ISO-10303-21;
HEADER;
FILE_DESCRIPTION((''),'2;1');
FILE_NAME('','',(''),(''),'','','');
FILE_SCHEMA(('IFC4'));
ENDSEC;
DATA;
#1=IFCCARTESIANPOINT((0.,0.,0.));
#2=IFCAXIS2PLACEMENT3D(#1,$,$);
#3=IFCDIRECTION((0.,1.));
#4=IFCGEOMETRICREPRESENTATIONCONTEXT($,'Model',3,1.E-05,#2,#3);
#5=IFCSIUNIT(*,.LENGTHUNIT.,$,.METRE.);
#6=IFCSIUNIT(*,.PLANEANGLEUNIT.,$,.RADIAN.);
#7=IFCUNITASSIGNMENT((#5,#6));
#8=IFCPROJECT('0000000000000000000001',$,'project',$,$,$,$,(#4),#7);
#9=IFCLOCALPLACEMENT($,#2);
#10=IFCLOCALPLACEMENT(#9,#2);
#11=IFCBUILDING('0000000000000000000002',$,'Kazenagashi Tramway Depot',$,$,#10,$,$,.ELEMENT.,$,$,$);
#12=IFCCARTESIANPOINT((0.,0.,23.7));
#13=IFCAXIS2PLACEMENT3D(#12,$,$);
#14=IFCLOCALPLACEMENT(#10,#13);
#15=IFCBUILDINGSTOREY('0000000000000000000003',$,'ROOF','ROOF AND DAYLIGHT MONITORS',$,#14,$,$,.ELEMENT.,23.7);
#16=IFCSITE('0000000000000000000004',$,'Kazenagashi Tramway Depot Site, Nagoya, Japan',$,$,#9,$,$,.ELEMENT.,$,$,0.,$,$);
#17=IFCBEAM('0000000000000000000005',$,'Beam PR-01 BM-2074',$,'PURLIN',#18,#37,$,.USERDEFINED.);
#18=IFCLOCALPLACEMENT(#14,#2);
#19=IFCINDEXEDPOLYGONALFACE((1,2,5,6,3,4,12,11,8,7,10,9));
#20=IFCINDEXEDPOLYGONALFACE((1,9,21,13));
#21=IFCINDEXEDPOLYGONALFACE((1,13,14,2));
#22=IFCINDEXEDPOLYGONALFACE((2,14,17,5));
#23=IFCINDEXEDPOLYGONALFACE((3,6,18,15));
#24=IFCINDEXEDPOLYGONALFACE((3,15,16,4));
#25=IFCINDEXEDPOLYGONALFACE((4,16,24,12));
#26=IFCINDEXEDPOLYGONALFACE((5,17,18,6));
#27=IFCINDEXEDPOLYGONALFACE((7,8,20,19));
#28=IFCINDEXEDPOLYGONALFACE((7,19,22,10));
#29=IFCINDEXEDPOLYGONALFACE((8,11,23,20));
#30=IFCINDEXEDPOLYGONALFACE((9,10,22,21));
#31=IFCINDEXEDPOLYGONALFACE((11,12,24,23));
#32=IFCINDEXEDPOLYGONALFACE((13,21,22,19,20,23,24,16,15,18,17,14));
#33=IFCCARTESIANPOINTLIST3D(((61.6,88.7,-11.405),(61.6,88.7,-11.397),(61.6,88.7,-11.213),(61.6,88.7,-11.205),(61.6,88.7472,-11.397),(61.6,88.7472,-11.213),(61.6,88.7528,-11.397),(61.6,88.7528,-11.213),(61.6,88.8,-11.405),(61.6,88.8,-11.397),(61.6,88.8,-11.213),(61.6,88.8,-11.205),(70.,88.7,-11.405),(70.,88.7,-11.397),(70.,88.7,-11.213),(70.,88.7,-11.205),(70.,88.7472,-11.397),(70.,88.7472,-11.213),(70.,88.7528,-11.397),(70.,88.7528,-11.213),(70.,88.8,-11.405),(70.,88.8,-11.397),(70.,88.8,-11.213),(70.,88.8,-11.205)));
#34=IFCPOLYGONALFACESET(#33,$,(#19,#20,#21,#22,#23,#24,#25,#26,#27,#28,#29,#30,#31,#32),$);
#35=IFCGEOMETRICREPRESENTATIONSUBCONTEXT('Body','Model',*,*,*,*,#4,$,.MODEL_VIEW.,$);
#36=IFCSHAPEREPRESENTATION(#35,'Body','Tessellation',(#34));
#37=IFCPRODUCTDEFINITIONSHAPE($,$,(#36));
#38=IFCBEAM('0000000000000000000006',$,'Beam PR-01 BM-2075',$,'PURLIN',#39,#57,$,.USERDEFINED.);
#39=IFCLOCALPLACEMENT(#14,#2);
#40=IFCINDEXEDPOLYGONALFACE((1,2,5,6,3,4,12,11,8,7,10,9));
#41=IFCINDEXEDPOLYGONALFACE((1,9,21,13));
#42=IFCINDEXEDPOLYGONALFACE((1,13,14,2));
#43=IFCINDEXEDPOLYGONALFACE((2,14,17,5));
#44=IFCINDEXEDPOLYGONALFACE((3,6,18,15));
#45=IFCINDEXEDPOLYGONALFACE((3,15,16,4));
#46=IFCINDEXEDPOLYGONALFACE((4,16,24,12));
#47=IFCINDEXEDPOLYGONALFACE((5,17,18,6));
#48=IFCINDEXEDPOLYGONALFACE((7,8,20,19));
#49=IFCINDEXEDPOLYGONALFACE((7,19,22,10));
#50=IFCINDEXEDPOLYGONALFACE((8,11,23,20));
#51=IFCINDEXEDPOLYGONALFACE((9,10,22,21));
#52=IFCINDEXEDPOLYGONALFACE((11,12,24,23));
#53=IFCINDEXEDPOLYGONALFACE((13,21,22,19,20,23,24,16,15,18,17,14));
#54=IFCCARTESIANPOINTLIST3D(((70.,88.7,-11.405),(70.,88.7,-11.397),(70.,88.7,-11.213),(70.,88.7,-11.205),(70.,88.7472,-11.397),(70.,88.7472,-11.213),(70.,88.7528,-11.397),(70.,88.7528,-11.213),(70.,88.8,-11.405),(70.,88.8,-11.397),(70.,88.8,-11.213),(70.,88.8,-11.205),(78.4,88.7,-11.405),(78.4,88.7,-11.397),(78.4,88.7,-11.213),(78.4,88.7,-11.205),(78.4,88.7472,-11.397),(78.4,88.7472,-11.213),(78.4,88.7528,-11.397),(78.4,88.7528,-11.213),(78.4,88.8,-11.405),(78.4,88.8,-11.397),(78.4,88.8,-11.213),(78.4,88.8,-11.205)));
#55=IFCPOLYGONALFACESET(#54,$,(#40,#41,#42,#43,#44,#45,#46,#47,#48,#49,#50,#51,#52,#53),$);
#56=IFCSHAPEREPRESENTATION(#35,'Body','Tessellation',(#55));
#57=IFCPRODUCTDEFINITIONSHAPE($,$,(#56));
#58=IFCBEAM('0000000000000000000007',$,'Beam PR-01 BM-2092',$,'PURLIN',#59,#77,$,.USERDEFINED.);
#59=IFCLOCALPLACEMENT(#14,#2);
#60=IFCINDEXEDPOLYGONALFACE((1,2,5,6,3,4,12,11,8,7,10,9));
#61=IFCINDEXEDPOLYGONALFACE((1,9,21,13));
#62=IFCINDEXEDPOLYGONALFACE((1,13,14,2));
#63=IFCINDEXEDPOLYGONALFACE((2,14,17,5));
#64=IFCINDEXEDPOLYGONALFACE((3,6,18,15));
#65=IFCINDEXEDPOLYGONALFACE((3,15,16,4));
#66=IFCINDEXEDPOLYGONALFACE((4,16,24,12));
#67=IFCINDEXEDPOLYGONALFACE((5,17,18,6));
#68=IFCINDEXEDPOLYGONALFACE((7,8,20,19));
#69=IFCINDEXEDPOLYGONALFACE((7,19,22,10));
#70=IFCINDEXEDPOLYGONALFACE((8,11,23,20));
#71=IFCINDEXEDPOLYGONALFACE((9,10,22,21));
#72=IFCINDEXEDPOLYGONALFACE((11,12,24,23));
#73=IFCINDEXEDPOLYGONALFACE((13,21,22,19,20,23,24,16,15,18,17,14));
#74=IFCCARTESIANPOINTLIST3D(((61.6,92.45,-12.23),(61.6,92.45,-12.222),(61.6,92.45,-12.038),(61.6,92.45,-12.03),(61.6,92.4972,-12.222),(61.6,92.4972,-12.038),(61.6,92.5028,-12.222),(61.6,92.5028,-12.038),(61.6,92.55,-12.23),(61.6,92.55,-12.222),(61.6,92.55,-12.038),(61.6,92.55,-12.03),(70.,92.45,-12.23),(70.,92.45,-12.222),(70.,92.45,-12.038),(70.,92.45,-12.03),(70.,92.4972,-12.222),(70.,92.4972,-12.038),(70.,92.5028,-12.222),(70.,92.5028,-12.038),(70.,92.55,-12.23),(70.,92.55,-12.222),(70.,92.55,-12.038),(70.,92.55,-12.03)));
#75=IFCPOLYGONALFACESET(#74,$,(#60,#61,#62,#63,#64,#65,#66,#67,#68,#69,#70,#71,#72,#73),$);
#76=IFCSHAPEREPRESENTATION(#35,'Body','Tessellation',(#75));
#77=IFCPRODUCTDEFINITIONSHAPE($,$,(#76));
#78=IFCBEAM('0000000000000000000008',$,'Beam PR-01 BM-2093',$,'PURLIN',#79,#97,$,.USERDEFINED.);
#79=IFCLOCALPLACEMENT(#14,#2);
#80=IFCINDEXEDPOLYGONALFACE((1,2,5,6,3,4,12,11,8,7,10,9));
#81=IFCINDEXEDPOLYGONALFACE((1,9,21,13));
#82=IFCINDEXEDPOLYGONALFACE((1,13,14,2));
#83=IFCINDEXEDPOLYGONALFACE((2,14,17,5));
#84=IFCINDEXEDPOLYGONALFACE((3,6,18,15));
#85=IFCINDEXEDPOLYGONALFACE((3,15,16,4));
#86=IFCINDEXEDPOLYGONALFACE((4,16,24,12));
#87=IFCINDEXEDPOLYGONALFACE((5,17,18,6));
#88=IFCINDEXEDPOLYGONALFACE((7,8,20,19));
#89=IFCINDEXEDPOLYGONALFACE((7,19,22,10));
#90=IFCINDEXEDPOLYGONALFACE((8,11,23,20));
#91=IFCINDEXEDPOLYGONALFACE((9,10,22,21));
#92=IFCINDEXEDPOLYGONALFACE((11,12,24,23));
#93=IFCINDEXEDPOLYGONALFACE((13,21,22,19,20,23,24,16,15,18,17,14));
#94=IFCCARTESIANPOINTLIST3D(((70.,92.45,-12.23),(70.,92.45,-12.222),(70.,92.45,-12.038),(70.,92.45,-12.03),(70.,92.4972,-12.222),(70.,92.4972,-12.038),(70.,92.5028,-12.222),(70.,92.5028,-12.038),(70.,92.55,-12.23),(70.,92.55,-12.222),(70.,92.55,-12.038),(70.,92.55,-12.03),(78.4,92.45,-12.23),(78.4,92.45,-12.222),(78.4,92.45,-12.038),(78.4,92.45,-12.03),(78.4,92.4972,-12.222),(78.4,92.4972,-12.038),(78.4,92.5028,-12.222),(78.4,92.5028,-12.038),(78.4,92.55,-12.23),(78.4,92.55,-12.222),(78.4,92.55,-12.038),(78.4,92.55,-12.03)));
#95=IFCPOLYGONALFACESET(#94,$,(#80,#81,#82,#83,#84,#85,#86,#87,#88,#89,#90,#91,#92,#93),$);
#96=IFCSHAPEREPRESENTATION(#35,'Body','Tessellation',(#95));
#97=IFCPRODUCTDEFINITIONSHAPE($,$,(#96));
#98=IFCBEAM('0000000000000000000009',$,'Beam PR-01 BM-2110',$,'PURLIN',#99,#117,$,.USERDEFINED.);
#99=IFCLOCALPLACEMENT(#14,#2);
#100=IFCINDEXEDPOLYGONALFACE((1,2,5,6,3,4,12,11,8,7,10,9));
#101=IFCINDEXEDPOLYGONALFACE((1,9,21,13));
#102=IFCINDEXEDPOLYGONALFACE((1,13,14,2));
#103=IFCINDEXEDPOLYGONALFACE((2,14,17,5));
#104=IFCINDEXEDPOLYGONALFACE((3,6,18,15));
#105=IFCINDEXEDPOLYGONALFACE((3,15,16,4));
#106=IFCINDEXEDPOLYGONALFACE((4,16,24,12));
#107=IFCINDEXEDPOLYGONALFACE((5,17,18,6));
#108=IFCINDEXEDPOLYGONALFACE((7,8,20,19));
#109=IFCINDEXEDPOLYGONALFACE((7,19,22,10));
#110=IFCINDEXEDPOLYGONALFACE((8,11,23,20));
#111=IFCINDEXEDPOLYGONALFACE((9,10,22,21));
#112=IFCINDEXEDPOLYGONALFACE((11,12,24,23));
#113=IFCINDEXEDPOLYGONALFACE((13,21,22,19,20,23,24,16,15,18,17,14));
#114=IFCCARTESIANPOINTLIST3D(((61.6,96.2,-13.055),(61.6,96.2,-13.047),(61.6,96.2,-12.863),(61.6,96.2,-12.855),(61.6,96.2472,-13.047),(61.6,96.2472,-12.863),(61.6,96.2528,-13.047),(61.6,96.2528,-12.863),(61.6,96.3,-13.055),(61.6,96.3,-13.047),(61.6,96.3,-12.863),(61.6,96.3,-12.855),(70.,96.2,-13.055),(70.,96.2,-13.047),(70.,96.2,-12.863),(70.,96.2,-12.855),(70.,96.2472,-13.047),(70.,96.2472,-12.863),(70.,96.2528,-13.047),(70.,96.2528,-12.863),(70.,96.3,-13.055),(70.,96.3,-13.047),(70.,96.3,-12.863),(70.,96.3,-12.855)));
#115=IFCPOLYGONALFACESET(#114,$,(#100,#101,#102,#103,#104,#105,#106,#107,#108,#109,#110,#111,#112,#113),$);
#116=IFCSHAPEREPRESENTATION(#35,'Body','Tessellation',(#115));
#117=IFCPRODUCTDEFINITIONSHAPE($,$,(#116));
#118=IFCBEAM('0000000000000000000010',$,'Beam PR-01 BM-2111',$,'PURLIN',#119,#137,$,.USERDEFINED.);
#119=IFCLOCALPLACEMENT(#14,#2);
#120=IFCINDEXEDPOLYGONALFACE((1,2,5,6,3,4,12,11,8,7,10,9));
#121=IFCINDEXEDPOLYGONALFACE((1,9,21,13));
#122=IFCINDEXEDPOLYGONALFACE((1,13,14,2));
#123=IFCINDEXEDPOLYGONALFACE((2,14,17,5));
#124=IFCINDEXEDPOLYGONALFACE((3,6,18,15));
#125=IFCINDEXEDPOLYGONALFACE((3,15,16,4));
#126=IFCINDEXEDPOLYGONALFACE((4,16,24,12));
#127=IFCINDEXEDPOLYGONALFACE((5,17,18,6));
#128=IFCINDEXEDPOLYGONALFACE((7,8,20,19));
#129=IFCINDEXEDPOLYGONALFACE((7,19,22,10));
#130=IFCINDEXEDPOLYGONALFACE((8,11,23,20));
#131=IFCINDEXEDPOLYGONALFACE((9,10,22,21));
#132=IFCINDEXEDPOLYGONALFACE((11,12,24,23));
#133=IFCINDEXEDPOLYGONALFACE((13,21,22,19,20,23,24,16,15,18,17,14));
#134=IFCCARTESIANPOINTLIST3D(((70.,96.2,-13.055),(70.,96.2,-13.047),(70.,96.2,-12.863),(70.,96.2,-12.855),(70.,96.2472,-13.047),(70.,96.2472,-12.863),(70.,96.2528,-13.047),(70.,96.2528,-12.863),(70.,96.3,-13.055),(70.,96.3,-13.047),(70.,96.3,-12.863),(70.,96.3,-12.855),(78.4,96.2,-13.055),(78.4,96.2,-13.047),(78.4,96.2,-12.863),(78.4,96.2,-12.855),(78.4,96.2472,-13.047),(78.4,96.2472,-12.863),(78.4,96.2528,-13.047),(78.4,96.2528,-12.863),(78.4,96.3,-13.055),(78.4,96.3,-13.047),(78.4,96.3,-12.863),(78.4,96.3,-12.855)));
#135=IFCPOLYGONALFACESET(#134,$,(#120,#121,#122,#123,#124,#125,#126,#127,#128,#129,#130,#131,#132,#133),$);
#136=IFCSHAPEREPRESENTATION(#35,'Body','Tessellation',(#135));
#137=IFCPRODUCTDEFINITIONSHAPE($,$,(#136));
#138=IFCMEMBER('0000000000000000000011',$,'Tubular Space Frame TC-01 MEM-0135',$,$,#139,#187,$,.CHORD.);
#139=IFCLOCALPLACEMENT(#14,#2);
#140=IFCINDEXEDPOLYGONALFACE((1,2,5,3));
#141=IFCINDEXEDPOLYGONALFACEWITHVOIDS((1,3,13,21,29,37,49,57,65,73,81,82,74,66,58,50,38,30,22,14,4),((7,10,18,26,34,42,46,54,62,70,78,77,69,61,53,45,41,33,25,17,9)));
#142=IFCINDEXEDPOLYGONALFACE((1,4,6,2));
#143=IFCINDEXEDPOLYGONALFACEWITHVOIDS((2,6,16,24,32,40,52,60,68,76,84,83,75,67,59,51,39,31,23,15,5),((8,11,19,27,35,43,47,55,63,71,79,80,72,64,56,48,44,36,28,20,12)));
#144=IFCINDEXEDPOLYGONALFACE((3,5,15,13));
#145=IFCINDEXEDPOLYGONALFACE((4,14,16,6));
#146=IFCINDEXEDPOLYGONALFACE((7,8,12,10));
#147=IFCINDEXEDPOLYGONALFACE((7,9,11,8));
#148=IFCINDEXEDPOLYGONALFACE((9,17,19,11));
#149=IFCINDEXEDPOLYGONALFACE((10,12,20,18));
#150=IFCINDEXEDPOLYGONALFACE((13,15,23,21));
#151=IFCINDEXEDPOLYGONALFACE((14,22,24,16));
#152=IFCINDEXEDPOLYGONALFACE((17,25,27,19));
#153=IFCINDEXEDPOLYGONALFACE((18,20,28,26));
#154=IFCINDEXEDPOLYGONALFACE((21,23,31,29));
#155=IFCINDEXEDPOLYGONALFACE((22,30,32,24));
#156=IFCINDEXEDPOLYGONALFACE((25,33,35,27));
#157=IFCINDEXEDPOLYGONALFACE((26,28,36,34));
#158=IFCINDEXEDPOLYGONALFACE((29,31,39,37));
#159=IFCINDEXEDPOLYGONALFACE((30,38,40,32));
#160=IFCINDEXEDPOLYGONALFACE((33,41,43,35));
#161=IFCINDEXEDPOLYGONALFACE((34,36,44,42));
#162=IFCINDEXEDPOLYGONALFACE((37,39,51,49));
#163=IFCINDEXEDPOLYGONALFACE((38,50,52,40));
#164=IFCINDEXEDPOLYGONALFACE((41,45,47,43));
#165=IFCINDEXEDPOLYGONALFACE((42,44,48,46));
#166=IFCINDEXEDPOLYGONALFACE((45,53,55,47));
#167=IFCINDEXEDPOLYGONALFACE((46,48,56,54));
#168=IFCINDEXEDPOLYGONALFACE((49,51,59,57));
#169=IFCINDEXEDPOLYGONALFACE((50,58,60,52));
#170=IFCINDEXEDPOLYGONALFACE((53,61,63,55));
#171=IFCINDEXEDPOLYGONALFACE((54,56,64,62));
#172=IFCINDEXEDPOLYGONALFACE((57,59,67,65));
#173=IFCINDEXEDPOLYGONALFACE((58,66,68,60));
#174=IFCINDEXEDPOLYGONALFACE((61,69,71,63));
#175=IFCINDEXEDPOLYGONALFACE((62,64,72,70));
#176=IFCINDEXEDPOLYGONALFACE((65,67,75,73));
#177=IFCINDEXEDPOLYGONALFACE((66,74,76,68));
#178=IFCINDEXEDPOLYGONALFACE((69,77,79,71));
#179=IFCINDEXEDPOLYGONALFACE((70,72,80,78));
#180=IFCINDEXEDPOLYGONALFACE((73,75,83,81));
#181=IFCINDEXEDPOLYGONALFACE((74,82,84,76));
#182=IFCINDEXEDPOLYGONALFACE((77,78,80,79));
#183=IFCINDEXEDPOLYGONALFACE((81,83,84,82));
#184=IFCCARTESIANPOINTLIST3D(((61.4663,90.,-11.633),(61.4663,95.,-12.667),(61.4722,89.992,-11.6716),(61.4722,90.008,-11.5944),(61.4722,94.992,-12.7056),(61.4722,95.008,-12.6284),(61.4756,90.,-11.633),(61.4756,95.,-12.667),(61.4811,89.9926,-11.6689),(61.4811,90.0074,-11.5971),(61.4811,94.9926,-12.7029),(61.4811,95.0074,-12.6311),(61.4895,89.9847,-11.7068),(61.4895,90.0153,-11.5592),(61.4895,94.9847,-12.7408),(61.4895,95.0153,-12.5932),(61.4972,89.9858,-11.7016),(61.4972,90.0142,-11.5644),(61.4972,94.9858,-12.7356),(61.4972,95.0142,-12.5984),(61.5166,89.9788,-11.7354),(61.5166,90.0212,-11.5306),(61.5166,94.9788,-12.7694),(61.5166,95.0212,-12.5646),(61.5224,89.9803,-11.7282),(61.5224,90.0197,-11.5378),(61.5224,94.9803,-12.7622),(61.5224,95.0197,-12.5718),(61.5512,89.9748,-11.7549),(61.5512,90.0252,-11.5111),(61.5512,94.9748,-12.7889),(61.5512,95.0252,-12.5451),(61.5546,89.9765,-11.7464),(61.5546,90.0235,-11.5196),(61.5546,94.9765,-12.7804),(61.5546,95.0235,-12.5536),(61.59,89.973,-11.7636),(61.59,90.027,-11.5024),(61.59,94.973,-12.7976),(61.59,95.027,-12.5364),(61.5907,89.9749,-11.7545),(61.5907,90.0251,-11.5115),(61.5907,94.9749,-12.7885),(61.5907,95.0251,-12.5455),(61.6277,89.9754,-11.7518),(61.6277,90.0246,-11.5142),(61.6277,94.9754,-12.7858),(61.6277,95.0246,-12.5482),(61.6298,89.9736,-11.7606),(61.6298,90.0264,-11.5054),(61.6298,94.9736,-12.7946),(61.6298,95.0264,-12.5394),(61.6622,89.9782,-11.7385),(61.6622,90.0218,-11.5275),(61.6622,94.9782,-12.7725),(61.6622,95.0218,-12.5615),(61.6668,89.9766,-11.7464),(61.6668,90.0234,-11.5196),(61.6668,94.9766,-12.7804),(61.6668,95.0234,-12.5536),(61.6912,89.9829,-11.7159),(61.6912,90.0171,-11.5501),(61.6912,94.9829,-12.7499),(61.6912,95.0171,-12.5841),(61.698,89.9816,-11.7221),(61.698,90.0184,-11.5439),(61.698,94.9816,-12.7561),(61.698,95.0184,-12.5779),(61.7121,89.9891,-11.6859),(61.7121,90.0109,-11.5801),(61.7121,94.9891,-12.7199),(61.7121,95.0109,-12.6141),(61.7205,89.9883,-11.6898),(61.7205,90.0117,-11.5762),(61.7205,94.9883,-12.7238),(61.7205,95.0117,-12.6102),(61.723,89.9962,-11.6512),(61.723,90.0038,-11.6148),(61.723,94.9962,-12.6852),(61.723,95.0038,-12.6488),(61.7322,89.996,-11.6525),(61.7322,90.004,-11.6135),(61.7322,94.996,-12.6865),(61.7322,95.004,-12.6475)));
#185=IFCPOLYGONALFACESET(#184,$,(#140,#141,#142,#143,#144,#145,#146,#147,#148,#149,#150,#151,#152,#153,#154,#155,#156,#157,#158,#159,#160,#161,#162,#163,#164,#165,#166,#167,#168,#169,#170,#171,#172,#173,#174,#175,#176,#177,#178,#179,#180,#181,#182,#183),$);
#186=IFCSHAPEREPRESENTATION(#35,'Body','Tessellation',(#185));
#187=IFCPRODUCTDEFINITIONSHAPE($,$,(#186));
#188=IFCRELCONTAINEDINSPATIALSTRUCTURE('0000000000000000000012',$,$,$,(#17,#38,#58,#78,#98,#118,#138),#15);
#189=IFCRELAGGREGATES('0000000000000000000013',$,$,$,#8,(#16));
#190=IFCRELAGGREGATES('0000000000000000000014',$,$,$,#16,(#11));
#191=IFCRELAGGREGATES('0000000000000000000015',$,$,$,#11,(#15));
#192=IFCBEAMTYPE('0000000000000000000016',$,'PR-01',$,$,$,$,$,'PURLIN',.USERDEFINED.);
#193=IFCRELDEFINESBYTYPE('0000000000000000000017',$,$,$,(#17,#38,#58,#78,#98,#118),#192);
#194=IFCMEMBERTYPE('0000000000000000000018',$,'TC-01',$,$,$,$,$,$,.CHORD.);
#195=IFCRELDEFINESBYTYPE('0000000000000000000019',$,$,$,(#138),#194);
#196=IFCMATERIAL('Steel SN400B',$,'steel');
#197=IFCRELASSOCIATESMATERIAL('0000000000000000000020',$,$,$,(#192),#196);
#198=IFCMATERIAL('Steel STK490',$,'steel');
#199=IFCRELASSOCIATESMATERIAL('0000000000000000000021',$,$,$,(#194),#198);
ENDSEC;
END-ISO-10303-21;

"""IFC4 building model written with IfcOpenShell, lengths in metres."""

from ifc_helpers import new_model, si_unit, direction, frame, origin, origin_2d, place, context, subcontext, project, spatial, hollow_circle, i_section, extrude, material, material_profile, profile_set, type_object, element, save


model = new_model("IFC4")

# Units and contexts
model_context = context("Model", 3, precision=1e-05, world=origin(), true_north=direction((0.0, 1.0)))
body_context = subcontext(model_context, "Body", "Model", "MODEL_VIEW")
ifc_project = project(units=[si_unit("LENGTHUNIT", "METRE"), si_unit("PLANEANGLEUNIT", "RADIAN")], contexts=[model_context])

# Site, building, storey
site_placement = place(None, origin())
site = spatial("IfcSite", under=ifc_project, at=site_placement, Name="Kazenagashi Tramway Depot Site, Nagoya, Japan", CompositionType="ELEMENT", RefElevation=0.0)
building_placement = place(site_placement, origin())
building = spatial("IfcBuilding", under=site, at=building_placement, Name="Kazenagashi Tramway Depot", CompositionType="ELEMENT")
storey_placement = place(building_placement, frame((0.0, 0.0, 23.7)))
storey = spatial("IfcBuildingStorey", under=building, at=storey_placement, Name="ROOF", Description="ROOF AND DAYLIGHT MONITORS", CompositionType="ELEMENT", Elevation=23.7)

# Beams
ifc_material_1 = material(Name="Steel SN400B", Category="steel")
ifc_material_profile_1 = material_profile(ifc_material_1, i_section(OverallWidth=0.1, OverallDepth=0.2, WebThickness=0.0055, FlangeThickness=0.008, at=origin_2d()), Name="H-200x100x5.5x8")
ifc_profile_set_1 = profile_set([ifc_material_profile_1], Name="Steel SN400B")
beam_type = type_object("IfcBeamType", Name="PR-01", ElementType="PURLIN", PredefinedType="USERDEFINED", material=ifc_profile_set_1)
for number, where, z_axis, x_axis, name in (
    (1, (61.6, 88.75, -11.305), (1.0, 0.0, 0.0), (0.0, 1.0, 0.0), "Beam PR-01 BM-2074"),
    (2, (70.0, 88.75, -11.305), (1.0, 0.0, 0.0), (0.0, 1.0, 0.0), "Beam PR-01 BM-2075"),
    (3, (61.6, 92.5, -12.13), (1.0, 0.0, 0.0), (0.0, 1.0, 0.0), "Beam PR-01 BM-2092"),
    (4, (70.0, 92.5, -12.13), (1.0, 0.0, 0.0), (0.0, 1.0, 0.0), "Beam PR-01 BM-2093"),
    (5, (61.6, 96.25, -12.955), (1.0, 0.0, 0.0), (0.0, 1.0, 0.0), "Beam PR-01 BM-2110"),
    (6, (70.0, 96.25, -12.955), (1.0, 0.0, 0.0), (0.0, 1.0, 0.0), "Beam PR-01 BM-2111"),
):
    element("IfcBeam", number, at=place(storey_placement, frame(where, z_axis=z_axis, x_axis=x_axis)), inside=storey, type_object=beam_type, Name=name, ObjectType="PURLIN", PredefinedType="USERDEFINED", context=body_context, shape_type="SweptSolid", body=[
        extrude(i_section(OverallWidth=0.1, OverallDepth=0.2, WebThickness=0.0055, FlangeThickness=0.008, at=origin_2d()), origin(), (0.0, 0.0, 1.0), 8.4),
    ])

# Member
ifc_material_2 = material(Name="Steel STK490", Category="steel")
ifc_material_profile_2 = material_profile(ifc_material_2, hollow_circle(Radius=0.1337, WallThickness=0.0093, at=origin_2d()), Name="CHS-267.4x9.3")
ifc_profile_set_2 = profile_set([ifc_material_profile_2], Name="Steel STK490")
member_type_1 = type_object("IfcMemberType", Name="TC-01", PredefinedType="CHORD", material=ifc_profile_set_2)
member_1_placement = place(storey_placement, frame((61.6, 90.0, -11.633), z_axis=(0.0, 0.979279, -0.202515), x_axis=(-1.0, 0.0, 0.0)))
element("IfcMember", 7, at=member_1_placement, inside=storey, type_object=member_type_1, Name="Tubular Space Frame TC-01 MEM-0135", PredefinedType="CHORD", context=body_context, shape_type="SweptSolid", body=[
    extrude(hollow_circle(Radius=0.1337, WallThickness=0.0093, at=origin_2d()), origin(), (0.0, 0.0, 1.0), 5.1058),
])

save(model, "model.ifc")
